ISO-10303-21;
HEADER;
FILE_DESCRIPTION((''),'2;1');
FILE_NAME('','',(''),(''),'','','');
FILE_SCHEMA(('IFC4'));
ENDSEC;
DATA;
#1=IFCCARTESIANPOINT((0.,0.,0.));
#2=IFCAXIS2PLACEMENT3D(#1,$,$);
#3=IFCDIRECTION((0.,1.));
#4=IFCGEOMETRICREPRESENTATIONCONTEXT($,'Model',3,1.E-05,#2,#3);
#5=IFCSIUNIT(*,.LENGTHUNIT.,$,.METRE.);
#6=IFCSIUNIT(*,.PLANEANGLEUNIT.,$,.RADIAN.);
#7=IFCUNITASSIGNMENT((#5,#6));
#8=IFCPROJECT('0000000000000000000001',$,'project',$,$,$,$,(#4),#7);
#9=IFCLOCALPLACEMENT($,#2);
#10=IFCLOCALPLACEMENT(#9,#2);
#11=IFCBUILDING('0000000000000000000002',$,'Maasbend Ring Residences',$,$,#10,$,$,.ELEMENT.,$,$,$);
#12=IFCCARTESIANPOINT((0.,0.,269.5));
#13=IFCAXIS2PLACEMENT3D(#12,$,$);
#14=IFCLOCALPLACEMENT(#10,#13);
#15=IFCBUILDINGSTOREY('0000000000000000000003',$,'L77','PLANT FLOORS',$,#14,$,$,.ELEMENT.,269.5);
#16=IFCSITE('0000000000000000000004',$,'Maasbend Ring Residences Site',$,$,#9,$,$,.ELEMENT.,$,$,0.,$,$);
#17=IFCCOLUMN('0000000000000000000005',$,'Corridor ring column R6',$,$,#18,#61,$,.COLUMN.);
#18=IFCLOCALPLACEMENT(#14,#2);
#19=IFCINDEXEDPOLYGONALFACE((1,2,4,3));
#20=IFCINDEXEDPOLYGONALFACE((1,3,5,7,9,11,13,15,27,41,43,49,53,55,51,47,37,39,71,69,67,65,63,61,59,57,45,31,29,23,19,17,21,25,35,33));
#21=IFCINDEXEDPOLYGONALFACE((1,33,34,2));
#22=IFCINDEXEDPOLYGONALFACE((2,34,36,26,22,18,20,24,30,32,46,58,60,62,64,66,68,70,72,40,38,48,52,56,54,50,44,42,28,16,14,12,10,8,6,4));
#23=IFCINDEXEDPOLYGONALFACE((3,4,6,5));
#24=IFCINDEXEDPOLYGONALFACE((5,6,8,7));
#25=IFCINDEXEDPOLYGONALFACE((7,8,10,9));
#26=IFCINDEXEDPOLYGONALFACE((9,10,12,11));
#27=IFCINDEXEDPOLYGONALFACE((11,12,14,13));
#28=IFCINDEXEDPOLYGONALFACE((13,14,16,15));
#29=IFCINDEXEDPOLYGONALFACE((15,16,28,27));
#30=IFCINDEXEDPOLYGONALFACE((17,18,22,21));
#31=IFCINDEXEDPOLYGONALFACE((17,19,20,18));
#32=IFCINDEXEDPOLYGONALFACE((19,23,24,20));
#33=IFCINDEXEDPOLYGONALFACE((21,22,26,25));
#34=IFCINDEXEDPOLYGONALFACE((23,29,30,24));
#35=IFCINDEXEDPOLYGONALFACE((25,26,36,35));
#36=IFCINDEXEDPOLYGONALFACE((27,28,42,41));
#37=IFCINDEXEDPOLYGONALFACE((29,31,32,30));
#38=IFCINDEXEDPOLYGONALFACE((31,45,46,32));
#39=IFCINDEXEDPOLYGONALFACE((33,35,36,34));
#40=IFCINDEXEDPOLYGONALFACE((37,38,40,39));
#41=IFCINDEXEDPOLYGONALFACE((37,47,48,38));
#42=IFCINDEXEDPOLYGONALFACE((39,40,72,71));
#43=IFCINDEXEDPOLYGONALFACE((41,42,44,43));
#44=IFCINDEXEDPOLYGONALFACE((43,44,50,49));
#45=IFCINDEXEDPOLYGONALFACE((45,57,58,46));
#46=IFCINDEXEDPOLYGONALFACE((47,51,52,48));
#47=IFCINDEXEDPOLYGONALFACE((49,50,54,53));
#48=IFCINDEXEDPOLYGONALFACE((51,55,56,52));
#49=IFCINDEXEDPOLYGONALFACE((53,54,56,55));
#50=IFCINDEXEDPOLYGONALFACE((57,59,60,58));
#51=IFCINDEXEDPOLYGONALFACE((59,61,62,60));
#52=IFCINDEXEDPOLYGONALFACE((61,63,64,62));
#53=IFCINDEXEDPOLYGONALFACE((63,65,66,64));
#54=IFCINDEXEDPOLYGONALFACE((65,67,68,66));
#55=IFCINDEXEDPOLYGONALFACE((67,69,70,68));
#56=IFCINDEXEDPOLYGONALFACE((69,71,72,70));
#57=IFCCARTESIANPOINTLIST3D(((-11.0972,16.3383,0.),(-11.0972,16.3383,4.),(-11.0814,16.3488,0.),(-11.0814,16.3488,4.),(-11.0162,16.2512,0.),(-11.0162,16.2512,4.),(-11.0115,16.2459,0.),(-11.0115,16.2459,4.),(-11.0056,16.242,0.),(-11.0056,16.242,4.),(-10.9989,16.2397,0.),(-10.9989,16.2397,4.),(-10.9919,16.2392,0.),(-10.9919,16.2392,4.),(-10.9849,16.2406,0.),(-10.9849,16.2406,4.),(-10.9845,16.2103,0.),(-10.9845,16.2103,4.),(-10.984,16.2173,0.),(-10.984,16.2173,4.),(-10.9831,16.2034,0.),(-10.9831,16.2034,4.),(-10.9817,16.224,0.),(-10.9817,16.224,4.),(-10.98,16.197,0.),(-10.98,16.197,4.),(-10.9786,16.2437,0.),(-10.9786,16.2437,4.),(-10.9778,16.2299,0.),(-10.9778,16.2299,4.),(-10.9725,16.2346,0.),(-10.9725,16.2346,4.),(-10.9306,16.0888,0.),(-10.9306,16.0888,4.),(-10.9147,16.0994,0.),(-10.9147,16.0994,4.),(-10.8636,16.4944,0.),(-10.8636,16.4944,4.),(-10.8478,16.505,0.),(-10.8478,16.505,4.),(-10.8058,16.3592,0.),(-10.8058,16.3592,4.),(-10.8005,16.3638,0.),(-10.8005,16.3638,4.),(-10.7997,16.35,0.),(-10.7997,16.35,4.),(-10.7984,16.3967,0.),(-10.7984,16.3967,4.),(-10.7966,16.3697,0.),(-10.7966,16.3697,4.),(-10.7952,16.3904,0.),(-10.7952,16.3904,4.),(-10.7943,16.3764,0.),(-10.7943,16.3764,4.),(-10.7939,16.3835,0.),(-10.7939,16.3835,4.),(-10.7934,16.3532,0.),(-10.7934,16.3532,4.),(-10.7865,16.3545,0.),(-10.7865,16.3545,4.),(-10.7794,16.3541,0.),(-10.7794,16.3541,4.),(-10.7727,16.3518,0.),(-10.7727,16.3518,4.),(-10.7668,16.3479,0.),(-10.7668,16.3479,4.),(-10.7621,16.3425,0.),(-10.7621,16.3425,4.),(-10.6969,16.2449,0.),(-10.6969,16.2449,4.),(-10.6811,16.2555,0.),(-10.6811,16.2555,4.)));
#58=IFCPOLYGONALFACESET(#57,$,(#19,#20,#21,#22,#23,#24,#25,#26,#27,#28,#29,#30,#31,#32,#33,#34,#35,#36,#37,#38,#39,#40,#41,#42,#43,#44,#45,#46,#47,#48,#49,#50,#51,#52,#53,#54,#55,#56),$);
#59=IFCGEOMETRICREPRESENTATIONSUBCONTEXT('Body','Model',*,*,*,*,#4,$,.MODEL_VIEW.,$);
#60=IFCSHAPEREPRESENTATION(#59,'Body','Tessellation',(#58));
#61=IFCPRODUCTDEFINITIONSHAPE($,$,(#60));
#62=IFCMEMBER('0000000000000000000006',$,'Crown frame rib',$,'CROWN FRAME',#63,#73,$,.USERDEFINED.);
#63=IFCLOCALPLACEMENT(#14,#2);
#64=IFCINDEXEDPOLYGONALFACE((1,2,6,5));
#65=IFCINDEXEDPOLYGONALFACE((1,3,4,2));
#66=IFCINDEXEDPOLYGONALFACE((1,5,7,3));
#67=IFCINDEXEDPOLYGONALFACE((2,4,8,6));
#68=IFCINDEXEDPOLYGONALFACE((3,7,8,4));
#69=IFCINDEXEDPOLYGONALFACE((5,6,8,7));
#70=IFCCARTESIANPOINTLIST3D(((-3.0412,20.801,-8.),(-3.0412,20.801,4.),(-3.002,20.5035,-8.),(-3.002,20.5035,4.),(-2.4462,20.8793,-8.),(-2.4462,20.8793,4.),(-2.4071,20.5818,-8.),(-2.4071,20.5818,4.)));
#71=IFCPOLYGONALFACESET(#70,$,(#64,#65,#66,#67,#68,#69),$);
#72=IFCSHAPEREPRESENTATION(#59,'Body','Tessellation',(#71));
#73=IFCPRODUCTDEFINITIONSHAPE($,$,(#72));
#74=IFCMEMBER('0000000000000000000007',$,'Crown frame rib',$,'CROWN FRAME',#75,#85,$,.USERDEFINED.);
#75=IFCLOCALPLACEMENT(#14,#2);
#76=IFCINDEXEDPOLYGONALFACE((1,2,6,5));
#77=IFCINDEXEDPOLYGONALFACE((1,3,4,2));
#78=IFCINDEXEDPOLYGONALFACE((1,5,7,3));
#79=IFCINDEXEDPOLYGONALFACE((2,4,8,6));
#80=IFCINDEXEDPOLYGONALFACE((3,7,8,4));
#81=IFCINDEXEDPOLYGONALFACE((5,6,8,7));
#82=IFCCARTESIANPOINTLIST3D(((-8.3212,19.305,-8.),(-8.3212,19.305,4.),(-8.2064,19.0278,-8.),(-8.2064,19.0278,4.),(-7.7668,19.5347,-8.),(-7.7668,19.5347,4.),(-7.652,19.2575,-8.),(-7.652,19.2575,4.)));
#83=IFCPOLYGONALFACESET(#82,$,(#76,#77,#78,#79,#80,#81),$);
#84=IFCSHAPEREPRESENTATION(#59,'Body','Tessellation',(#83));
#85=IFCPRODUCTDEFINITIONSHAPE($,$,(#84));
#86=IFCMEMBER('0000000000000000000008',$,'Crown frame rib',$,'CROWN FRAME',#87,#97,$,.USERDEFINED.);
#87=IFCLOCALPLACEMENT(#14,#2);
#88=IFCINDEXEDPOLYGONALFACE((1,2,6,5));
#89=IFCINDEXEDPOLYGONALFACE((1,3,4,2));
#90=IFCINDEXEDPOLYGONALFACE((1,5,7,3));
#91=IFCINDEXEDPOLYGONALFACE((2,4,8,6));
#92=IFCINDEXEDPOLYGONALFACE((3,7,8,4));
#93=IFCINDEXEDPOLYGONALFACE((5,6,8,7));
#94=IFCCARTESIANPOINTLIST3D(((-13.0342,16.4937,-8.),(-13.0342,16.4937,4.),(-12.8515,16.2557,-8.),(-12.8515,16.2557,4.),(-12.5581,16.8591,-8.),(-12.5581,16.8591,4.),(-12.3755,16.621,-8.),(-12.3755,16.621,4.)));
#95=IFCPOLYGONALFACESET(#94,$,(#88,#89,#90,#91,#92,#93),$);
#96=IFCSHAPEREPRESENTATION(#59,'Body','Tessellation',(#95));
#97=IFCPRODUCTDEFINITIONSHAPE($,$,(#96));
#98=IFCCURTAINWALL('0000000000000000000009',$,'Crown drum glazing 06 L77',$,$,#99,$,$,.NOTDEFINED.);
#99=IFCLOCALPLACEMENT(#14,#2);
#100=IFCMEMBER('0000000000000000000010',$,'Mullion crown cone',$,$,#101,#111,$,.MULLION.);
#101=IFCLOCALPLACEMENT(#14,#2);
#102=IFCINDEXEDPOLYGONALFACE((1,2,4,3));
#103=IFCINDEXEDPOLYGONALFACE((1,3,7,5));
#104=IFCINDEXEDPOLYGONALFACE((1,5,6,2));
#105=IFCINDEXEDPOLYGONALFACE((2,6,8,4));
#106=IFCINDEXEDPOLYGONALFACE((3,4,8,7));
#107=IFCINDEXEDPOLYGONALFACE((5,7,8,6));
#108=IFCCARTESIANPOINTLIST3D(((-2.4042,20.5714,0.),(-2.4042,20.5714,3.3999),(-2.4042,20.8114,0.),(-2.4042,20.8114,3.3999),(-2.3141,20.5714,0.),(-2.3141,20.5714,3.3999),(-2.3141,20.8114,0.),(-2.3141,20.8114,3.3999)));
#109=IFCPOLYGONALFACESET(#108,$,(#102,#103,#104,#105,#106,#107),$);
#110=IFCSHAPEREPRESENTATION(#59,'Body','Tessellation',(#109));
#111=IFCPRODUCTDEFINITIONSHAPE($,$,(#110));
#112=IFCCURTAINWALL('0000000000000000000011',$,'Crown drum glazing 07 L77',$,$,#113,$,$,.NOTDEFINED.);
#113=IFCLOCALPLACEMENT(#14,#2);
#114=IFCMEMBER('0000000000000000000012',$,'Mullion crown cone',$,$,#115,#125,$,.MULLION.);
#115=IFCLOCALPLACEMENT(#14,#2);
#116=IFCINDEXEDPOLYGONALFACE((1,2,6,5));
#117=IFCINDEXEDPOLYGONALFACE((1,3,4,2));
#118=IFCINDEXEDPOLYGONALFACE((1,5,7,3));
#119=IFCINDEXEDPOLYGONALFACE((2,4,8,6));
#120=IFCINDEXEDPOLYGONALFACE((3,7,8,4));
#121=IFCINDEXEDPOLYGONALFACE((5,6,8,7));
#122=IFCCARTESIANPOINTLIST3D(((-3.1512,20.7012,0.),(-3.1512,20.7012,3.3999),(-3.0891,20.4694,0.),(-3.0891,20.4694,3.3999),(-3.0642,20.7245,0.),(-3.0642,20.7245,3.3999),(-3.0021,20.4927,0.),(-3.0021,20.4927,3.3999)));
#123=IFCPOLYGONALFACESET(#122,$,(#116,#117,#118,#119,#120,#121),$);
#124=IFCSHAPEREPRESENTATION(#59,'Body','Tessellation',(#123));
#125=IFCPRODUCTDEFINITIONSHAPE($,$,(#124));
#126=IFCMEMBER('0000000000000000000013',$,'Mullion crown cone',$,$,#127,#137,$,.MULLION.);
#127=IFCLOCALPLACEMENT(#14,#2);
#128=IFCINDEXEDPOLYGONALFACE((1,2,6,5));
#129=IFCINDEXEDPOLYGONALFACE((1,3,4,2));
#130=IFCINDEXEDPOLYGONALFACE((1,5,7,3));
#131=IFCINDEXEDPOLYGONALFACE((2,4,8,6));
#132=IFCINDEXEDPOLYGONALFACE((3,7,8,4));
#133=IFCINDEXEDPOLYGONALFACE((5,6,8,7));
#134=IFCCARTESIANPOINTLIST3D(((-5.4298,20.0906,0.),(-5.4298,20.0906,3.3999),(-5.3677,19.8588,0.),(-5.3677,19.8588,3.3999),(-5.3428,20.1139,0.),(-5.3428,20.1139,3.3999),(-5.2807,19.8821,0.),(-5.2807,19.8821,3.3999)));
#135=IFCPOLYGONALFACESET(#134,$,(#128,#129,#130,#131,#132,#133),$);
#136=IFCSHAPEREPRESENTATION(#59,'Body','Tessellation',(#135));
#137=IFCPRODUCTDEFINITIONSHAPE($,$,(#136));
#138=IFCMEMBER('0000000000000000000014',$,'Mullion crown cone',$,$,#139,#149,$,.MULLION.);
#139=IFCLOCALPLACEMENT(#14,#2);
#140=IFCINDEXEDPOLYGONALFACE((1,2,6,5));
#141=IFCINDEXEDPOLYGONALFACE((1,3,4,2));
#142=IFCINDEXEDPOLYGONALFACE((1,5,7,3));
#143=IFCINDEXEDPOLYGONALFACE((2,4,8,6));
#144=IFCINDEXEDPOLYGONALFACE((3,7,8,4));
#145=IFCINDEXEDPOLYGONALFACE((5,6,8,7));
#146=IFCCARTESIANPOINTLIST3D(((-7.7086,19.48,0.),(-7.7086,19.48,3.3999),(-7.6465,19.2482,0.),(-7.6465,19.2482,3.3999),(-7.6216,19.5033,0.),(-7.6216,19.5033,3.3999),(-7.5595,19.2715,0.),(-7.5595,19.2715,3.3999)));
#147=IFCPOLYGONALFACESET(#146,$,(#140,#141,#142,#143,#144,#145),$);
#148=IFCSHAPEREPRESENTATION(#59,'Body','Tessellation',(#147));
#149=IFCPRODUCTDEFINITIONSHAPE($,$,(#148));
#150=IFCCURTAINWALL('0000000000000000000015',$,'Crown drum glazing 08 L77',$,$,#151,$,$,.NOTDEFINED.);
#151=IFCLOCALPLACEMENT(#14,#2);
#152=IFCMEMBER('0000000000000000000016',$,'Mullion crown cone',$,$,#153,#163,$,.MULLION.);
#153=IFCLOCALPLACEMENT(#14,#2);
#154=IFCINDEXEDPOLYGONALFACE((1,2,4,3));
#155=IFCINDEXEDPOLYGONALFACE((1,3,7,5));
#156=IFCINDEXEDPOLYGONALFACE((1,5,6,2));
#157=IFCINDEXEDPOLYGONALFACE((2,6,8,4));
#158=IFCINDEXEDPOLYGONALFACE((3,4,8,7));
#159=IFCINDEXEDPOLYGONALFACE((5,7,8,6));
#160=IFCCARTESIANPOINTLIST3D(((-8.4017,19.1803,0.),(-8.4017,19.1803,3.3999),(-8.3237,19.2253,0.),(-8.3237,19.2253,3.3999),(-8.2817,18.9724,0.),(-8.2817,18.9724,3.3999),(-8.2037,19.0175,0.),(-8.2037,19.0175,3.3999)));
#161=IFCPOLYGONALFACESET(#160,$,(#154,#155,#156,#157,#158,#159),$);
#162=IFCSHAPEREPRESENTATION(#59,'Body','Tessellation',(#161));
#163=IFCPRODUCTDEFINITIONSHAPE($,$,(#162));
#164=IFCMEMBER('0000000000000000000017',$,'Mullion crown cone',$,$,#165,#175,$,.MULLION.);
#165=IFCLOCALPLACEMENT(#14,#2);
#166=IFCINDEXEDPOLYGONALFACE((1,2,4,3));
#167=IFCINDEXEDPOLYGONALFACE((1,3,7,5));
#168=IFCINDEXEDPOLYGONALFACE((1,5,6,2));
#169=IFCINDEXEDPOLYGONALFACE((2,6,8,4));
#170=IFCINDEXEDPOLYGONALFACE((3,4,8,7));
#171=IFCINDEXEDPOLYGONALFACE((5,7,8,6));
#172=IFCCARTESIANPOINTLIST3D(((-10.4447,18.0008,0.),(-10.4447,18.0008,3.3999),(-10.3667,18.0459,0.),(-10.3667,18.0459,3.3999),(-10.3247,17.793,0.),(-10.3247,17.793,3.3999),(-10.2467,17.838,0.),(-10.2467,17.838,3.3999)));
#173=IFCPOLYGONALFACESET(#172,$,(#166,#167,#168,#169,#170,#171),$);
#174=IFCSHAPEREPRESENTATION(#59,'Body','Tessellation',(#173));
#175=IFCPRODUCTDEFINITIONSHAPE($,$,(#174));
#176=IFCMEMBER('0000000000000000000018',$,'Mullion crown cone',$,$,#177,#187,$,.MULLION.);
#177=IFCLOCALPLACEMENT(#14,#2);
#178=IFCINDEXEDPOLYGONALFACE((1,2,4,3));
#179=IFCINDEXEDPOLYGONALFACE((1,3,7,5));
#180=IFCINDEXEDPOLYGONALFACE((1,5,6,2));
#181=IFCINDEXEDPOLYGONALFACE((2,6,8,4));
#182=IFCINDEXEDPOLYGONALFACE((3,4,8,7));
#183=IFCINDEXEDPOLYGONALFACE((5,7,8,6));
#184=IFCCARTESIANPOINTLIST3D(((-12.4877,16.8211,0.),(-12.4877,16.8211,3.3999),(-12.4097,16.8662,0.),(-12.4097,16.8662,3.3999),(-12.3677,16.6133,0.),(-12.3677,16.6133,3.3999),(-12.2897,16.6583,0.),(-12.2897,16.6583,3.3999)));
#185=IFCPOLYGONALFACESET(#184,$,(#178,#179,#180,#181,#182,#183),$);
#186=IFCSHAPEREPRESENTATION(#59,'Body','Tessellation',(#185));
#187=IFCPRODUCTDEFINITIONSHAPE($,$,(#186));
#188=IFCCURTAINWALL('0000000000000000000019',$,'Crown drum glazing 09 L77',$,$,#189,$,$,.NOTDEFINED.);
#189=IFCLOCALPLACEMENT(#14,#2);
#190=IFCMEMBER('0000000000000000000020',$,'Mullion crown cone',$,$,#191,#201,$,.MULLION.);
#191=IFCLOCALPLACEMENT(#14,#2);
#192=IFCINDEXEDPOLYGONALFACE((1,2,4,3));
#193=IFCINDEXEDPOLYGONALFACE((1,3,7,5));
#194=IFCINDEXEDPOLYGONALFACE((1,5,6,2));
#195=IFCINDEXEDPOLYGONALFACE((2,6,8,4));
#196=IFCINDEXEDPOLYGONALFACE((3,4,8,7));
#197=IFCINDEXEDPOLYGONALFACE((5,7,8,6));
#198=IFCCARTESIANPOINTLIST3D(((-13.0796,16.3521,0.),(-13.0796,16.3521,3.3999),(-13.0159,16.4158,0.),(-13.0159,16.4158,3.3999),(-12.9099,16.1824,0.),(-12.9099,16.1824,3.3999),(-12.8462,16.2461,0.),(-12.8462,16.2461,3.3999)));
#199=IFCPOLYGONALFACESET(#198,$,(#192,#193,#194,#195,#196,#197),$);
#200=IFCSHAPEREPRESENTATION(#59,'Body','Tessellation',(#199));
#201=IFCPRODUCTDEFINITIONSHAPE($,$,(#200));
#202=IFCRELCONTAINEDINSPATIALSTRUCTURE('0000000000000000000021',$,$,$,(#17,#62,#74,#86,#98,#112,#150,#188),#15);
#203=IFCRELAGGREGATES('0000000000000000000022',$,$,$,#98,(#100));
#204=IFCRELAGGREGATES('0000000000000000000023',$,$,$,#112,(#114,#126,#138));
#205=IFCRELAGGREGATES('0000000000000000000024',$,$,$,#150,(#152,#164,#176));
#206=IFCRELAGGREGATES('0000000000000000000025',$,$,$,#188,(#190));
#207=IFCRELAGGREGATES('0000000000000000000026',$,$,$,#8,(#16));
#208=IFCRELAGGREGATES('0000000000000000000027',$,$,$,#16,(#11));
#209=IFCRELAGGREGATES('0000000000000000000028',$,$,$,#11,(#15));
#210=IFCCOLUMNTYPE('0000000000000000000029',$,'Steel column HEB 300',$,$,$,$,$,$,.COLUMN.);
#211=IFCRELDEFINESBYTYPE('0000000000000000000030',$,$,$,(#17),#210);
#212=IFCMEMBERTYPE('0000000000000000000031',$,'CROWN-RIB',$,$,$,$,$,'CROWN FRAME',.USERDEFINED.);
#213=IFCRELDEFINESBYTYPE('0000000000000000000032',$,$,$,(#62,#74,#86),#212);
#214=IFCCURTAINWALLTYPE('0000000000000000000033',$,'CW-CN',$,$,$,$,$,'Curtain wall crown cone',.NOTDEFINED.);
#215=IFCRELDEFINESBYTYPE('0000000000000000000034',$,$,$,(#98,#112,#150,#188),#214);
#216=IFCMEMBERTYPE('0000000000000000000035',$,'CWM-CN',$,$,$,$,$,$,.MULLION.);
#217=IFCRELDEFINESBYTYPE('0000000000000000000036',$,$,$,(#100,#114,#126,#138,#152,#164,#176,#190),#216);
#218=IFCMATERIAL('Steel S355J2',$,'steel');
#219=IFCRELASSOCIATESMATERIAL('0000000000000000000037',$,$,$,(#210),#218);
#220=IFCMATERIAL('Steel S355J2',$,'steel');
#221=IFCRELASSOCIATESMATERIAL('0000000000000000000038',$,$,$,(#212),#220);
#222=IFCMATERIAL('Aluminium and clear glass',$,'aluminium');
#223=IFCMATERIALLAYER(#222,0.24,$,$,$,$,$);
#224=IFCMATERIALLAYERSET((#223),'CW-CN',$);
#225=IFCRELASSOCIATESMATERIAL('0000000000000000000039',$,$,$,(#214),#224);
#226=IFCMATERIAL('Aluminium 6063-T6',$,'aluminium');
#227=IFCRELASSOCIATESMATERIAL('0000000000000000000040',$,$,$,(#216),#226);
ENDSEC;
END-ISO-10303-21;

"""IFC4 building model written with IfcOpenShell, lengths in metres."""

from ifc_helpers import new_model, si_unit, direction, frame, origin, origin_2d, place, context, subcontext, project, spatial, rectangle, i_section, extrude, material, layer, layer_set, material_profile, profile_set, type_object, element, aggregate, save


model = new_model("IFC4")

# Units and contexts
model_context = context("Model", 3, precision=1e-05, world=origin(), true_north=direction((0.0, 1.0)))
body_context = subcontext(model_context, "Body", "Model", "MODEL_VIEW")
ifc_project = project(units=[si_unit("LENGTHUNIT", "METRE"), si_unit("PLANEANGLEUNIT", "RADIAN")], contexts=[model_context])

# Site, building, storey
site_placement = place(None, origin())
site = spatial("IfcSite", under=ifc_project, at=site_placement, Name="Maasbend Ring Residences Site", CompositionType="ELEMENT", RefElevation=0.0)
building_placement = place(site_placement, origin())
building = spatial("IfcBuilding", under=site, at=building_placement, Name="Maasbend Ring Residences", CompositionType="ELEMENT")
storey_placement = place(building_placement, frame((0.0, 0.0, 269.5)))
storey = spatial("IfcBuildingStorey", under=building, at=storey_placement, Name="L77", Description="PLANT FLOORS", CompositionType="ELEMENT", Elevation=269.5)

# Column
ifc_material_1 = material(Name="Steel S355J2", Category="steel")
ifc_material_profile_1 = material_profile(ifc_material_1, i_section(OverallWidth=0.3, OverallDepth=0.3, WebThickness=0.011, FlangeThickness=0.019, FilletRadius=0.0271, at=origin_2d()), Name="HEB 300")
ifc_profile_set_1 = profile_set([ifc_material_profile_1], Name="Steel S355J2")
column_type_1 = type_object("IfcColumnType", Name="Steel column HEB 300", PredefinedType="COLUMN", material=ifc_profile_set_1)
for number, where, z_axis, x_axis, name in (
    (1, (-10.8892, 16.2969, 0.0), (0.0, 0.0, 1.0), (-0.55557, 0.83147, 0.0), "Corridor ring column R6"),
):
    element("IfcColumn", number, at=place(storey_placement, frame(where, z_axis=z_axis, x_axis=x_axis)), inside=storey, type_object=column_type_1, Name=name, PredefinedType="COLUMN", context=body_context, shape_type="SweptSolid", body=[
        extrude(i_section(OverallWidth=0.3, OverallDepth=0.3, WebThickness=0.011, FlangeThickness=0.019, FilletRadius=0.0271, at=origin_2d()), origin(), (0.0, 0.0, 1.0), 4.0),
    ])

# Members
ifc_material_2 = material(Name="Steel S355J2", Category="steel")
ifc_material_profile_2 = material_profile(ifc_material_2, rectangle(XDim=0.3, YDim=0.6001, at=origin_2d()), Name="Box 300x600x12")
ifc_profile_set_2 = profile_set([ifc_material_profile_2], Name="Steel S355J2")
member_type_1 = type_object("IfcMemberType", Name="CROWN-RIB", ElementType="CROWN FRAME", PredefinedType="USERDEFINED", material=ifc_profile_set_2)
for number, where, z_axis, x_axis, name in (
    (2, (-2.7241, 20.6914, -8.0), (0.0, 0.0, 1.0), (-0.130526, 0.991445, 0.0), "Crown frame rib"),
    (3, (-7.9866, 19.2812, -8.0), (0.0, 0.0, 1.0), (-0.382683, 0.92388, 0.0), "Crown frame rib"),
    (4, (-12.7048, 16.5574, -8.0), (0.0, 0.0, 1.0), (-0.608761, 0.793353, 0.0), "Crown frame rib"),
):
    element("IfcMember", number, at=place(storey_placement, frame(where, z_axis=z_axis, x_axis=x_axis)), inside=storey, type_object=member_type_1, Name=name, ObjectType="CROWN FRAME", PredefinedType="USERDEFINED", context=body_context, shape_type="SweptSolid", body=[
        extrude(rectangle(XDim=0.3, YDim=0.6001, at=origin_2d()), origin(), (0.0, 0.0, 1.0), 12.0),
    ])

# Curtain wall, member
ifc_material_3 = material(Name="Aluminium and clear glass", Category="aluminium")
ifc_layer_1 = layer(ifc_material_3, 0.24)
ifc_layer_set_1 = layer_set([ifc_layer_1], Name="CW-CN")
curtain_wall_type = type_object("IfcCurtainWallType", Name="CW-CN", ElementType="Curtain wall crown cone", PredefinedType="NOTDEFINED", material=ifc_layer_set_1)
curtain_wall_1_placement = place(storey_placement, origin())
curtain_wall_1 = element("IfcCurtainWall", 5, at=curtain_wall_1_placement, inside=storey, type_object=curtain_wall_type, Name="Crown drum glazing 06 L77", PredefinedType="NOTDEFINED")
ifc_material_4 = material(Name="Aluminium 6063-T6", Category="aluminium")
ifc_material_profile_3 = material_profile(ifc_material_4, rectangle(XDim=0.24, YDim=0.0901, at=origin_2d()), Name="AL 240x90")
ifc_profile_set_3 = profile_set([ifc_material_profile_3], Name="Aluminium 6063-T6")
member_type_2 = type_object("IfcMemberType", Name="CWM-CN", PredefinedType="MULLION", material=ifc_profile_set_3)
member_1_placement = place(storey_placement, frame((-2.3591, 20.6914, 0.0), z_axis=(0.0, 0.0, 1.0), x_axis=(0.0, -1.0, 0.0)))
member_1 = element("IfcMember", 6, at=member_1_placement, type_object=member_type_2, Name="Mullion crown cone", PredefinedType="MULLION", context=body_context, shape_type="SweptSolid", body=[
    extrude(rectangle(XDim=0.24, YDim=0.0901, at=origin_2d()), origin(), (0.0, 0.0, 1.0), 3.3999),
])

# Curtain walls, members
curtain_wall_2_placement = place(storey_placement, origin())
curtain_wall_2 = element("IfcCurtainWall", 7, at=curtain_wall_2_placement, inside=storey, type_object=curtain_wall_type, Name="Crown drum glazing 07 L77", PredefinedType="NOTDEFINED")
member_2_placement = place(storey_placement, frame((-3.0767, 20.5969, 0.0), z_axis=(0.0, 0.0, 1.0), x_axis=(0.258819, -0.965926, 0.0)))
member_2 = element("IfcMember", 8, at=member_2_placement, type_object=member_type_2, Name="Mullion crown cone", PredefinedType="MULLION", context=body_context, shape_type="SweptSolid", body=[
    extrude(rectangle(XDim=0.24, YDim=0.0901, at=origin_2d()), origin(), (0.0, 0.0, 1.0), 3.3999),
])
member_3_placement = place(storey_placement, frame((-5.3552, 19.9863, 0.0), z_axis=(0.0, 0.0, 1.0), x_axis=(0.258819, -0.965926, 0.0)))
member_3 = element("IfcMember", 9, at=member_3_placement, type_object=member_type_2, Name="Mullion crown cone", PredefinedType="MULLION", context=body_context, shape_type="SweptSolid", body=[
    extrude(rectangle(XDim=0.24, YDim=0.0901, at=origin_2d()), origin(), (0.0, 0.0, 1.0), 3.3999),
])
member_4_placement = place(storey_placement, frame((-7.634, 19.3757, 0.0), z_axis=(0.0, 0.0, 1.0), x_axis=(0.258819, -0.965926, 0.0)))
member_4 = element("IfcMember", 10, at=member_4_placement, type_object=member_type_2, Name="Mullion crown cone", PredefinedType="MULLION", context=body_context, shape_type="SweptSolid", body=[
    extrude(rectangle(XDim=0.24, YDim=0.0901, at=origin_2d()), origin(), (0.0, 0.0, 1.0), 3.3999),
])
curtain_wall_3_placement = place(storey_placement, origin())
curtain_wall_3 = element("IfcCurtainWall", 11, at=curtain_wall_3_placement, inside=storey, type_object=curtain_wall_type, Name="Crown drum glazing 08 L77", PredefinedType="NOTDEFINED")
member_5_placement = place(storey_placement, frame((-8.3027, 19.0989, 0.0), z_axis=(0.0, 0.0, 1.0), x_axis=(0.5, -0.866025, 0.0)))
member_5 = element("IfcMember", 12, at=member_5_placement, type_object=member_type_2, Name="Mullion crown cone", PredefinedType="MULLION", context=body_context, shape_type="SweptSolid", body=[
    extrude(rectangle(XDim=0.24, YDim=0.0901, at=origin_2d()), origin(), (0.0, 0.0, 1.0), 3.3999),
])
member_6_placement = place(storey_placement, frame((-10.3457, 17.9194, 0.0), z_axis=(0.0, 0.0, 1.0), x_axis=(0.5, -0.866025, 0.0)))
member_6 = element("IfcMember", 13, at=member_6_placement, type_object=member_type_2, Name="Mullion crown cone", PredefinedType="MULLION", context=body_context, shape_type="SweptSolid", body=[
    extrude(rectangle(XDim=0.24, YDim=0.0901, at=origin_2d()), origin(), (0.0, 0.0, 1.0), 3.3999),
])
member_7_placement = place(storey_placement, frame((-12.3887, 16.7397, 0.0), z_axis=(0.0, 0.0, 1.0), x_axis=(0.5, -0.866025, 0.0)))
member_7 = element("IfcMember", 14, at=member_7_placement, type_object=member_type_2, Name="Mullion crown cone", PredefinedType="MULLION", context=body_context, shape_type="SweptSolid", body=[
    extrude(rectangle(XDim=0.24, YDim=0.0901, at=origin_2d()), origin(), (0.0, 0.0, 1.0), 3.3999),
])

# Curtain wall, member
curtain_wall_4_placement = place(storey_placement, origin())
curtain_wall_4 = element("IfcCurtainWall", 15, at=curtain_wall_4_placement, inside=storey, type_object=curtain_wall_type, Name="Crown drum glazing 09 L77", PredefinedType="NOTDEFINED")
member_8_placement = place(storey_placement, frame((-12.9629, 16.2991, 0.0), z_axis=(0.0, 0.0, 1.0), x_axis=(0.707107, -0.707107, 0.0)))
member_8 = element("IfcMember", 16, at=member_8_placement, type_object=member_type_2, Name="Mullion crown cone", PredefinedType="MULLION", context=body_context, shape_type="SweptSolid", body=[
    extrude(rectangle(XDim=0.24, YDim=0.0901, at=origin_2d()), origin(), (0.0, 0.0, 1.0), 3.3999),
])

aggregate(curtain_wall_1, [member_1])
aggregate(curtain_wall_2, [member_2, member_3, member_4])
aggregate(curtain_wall_3, [member_5, member_6, member_7])
aggregate(curtain_wall_4, [member_8])

save(model, "model.ifc")
